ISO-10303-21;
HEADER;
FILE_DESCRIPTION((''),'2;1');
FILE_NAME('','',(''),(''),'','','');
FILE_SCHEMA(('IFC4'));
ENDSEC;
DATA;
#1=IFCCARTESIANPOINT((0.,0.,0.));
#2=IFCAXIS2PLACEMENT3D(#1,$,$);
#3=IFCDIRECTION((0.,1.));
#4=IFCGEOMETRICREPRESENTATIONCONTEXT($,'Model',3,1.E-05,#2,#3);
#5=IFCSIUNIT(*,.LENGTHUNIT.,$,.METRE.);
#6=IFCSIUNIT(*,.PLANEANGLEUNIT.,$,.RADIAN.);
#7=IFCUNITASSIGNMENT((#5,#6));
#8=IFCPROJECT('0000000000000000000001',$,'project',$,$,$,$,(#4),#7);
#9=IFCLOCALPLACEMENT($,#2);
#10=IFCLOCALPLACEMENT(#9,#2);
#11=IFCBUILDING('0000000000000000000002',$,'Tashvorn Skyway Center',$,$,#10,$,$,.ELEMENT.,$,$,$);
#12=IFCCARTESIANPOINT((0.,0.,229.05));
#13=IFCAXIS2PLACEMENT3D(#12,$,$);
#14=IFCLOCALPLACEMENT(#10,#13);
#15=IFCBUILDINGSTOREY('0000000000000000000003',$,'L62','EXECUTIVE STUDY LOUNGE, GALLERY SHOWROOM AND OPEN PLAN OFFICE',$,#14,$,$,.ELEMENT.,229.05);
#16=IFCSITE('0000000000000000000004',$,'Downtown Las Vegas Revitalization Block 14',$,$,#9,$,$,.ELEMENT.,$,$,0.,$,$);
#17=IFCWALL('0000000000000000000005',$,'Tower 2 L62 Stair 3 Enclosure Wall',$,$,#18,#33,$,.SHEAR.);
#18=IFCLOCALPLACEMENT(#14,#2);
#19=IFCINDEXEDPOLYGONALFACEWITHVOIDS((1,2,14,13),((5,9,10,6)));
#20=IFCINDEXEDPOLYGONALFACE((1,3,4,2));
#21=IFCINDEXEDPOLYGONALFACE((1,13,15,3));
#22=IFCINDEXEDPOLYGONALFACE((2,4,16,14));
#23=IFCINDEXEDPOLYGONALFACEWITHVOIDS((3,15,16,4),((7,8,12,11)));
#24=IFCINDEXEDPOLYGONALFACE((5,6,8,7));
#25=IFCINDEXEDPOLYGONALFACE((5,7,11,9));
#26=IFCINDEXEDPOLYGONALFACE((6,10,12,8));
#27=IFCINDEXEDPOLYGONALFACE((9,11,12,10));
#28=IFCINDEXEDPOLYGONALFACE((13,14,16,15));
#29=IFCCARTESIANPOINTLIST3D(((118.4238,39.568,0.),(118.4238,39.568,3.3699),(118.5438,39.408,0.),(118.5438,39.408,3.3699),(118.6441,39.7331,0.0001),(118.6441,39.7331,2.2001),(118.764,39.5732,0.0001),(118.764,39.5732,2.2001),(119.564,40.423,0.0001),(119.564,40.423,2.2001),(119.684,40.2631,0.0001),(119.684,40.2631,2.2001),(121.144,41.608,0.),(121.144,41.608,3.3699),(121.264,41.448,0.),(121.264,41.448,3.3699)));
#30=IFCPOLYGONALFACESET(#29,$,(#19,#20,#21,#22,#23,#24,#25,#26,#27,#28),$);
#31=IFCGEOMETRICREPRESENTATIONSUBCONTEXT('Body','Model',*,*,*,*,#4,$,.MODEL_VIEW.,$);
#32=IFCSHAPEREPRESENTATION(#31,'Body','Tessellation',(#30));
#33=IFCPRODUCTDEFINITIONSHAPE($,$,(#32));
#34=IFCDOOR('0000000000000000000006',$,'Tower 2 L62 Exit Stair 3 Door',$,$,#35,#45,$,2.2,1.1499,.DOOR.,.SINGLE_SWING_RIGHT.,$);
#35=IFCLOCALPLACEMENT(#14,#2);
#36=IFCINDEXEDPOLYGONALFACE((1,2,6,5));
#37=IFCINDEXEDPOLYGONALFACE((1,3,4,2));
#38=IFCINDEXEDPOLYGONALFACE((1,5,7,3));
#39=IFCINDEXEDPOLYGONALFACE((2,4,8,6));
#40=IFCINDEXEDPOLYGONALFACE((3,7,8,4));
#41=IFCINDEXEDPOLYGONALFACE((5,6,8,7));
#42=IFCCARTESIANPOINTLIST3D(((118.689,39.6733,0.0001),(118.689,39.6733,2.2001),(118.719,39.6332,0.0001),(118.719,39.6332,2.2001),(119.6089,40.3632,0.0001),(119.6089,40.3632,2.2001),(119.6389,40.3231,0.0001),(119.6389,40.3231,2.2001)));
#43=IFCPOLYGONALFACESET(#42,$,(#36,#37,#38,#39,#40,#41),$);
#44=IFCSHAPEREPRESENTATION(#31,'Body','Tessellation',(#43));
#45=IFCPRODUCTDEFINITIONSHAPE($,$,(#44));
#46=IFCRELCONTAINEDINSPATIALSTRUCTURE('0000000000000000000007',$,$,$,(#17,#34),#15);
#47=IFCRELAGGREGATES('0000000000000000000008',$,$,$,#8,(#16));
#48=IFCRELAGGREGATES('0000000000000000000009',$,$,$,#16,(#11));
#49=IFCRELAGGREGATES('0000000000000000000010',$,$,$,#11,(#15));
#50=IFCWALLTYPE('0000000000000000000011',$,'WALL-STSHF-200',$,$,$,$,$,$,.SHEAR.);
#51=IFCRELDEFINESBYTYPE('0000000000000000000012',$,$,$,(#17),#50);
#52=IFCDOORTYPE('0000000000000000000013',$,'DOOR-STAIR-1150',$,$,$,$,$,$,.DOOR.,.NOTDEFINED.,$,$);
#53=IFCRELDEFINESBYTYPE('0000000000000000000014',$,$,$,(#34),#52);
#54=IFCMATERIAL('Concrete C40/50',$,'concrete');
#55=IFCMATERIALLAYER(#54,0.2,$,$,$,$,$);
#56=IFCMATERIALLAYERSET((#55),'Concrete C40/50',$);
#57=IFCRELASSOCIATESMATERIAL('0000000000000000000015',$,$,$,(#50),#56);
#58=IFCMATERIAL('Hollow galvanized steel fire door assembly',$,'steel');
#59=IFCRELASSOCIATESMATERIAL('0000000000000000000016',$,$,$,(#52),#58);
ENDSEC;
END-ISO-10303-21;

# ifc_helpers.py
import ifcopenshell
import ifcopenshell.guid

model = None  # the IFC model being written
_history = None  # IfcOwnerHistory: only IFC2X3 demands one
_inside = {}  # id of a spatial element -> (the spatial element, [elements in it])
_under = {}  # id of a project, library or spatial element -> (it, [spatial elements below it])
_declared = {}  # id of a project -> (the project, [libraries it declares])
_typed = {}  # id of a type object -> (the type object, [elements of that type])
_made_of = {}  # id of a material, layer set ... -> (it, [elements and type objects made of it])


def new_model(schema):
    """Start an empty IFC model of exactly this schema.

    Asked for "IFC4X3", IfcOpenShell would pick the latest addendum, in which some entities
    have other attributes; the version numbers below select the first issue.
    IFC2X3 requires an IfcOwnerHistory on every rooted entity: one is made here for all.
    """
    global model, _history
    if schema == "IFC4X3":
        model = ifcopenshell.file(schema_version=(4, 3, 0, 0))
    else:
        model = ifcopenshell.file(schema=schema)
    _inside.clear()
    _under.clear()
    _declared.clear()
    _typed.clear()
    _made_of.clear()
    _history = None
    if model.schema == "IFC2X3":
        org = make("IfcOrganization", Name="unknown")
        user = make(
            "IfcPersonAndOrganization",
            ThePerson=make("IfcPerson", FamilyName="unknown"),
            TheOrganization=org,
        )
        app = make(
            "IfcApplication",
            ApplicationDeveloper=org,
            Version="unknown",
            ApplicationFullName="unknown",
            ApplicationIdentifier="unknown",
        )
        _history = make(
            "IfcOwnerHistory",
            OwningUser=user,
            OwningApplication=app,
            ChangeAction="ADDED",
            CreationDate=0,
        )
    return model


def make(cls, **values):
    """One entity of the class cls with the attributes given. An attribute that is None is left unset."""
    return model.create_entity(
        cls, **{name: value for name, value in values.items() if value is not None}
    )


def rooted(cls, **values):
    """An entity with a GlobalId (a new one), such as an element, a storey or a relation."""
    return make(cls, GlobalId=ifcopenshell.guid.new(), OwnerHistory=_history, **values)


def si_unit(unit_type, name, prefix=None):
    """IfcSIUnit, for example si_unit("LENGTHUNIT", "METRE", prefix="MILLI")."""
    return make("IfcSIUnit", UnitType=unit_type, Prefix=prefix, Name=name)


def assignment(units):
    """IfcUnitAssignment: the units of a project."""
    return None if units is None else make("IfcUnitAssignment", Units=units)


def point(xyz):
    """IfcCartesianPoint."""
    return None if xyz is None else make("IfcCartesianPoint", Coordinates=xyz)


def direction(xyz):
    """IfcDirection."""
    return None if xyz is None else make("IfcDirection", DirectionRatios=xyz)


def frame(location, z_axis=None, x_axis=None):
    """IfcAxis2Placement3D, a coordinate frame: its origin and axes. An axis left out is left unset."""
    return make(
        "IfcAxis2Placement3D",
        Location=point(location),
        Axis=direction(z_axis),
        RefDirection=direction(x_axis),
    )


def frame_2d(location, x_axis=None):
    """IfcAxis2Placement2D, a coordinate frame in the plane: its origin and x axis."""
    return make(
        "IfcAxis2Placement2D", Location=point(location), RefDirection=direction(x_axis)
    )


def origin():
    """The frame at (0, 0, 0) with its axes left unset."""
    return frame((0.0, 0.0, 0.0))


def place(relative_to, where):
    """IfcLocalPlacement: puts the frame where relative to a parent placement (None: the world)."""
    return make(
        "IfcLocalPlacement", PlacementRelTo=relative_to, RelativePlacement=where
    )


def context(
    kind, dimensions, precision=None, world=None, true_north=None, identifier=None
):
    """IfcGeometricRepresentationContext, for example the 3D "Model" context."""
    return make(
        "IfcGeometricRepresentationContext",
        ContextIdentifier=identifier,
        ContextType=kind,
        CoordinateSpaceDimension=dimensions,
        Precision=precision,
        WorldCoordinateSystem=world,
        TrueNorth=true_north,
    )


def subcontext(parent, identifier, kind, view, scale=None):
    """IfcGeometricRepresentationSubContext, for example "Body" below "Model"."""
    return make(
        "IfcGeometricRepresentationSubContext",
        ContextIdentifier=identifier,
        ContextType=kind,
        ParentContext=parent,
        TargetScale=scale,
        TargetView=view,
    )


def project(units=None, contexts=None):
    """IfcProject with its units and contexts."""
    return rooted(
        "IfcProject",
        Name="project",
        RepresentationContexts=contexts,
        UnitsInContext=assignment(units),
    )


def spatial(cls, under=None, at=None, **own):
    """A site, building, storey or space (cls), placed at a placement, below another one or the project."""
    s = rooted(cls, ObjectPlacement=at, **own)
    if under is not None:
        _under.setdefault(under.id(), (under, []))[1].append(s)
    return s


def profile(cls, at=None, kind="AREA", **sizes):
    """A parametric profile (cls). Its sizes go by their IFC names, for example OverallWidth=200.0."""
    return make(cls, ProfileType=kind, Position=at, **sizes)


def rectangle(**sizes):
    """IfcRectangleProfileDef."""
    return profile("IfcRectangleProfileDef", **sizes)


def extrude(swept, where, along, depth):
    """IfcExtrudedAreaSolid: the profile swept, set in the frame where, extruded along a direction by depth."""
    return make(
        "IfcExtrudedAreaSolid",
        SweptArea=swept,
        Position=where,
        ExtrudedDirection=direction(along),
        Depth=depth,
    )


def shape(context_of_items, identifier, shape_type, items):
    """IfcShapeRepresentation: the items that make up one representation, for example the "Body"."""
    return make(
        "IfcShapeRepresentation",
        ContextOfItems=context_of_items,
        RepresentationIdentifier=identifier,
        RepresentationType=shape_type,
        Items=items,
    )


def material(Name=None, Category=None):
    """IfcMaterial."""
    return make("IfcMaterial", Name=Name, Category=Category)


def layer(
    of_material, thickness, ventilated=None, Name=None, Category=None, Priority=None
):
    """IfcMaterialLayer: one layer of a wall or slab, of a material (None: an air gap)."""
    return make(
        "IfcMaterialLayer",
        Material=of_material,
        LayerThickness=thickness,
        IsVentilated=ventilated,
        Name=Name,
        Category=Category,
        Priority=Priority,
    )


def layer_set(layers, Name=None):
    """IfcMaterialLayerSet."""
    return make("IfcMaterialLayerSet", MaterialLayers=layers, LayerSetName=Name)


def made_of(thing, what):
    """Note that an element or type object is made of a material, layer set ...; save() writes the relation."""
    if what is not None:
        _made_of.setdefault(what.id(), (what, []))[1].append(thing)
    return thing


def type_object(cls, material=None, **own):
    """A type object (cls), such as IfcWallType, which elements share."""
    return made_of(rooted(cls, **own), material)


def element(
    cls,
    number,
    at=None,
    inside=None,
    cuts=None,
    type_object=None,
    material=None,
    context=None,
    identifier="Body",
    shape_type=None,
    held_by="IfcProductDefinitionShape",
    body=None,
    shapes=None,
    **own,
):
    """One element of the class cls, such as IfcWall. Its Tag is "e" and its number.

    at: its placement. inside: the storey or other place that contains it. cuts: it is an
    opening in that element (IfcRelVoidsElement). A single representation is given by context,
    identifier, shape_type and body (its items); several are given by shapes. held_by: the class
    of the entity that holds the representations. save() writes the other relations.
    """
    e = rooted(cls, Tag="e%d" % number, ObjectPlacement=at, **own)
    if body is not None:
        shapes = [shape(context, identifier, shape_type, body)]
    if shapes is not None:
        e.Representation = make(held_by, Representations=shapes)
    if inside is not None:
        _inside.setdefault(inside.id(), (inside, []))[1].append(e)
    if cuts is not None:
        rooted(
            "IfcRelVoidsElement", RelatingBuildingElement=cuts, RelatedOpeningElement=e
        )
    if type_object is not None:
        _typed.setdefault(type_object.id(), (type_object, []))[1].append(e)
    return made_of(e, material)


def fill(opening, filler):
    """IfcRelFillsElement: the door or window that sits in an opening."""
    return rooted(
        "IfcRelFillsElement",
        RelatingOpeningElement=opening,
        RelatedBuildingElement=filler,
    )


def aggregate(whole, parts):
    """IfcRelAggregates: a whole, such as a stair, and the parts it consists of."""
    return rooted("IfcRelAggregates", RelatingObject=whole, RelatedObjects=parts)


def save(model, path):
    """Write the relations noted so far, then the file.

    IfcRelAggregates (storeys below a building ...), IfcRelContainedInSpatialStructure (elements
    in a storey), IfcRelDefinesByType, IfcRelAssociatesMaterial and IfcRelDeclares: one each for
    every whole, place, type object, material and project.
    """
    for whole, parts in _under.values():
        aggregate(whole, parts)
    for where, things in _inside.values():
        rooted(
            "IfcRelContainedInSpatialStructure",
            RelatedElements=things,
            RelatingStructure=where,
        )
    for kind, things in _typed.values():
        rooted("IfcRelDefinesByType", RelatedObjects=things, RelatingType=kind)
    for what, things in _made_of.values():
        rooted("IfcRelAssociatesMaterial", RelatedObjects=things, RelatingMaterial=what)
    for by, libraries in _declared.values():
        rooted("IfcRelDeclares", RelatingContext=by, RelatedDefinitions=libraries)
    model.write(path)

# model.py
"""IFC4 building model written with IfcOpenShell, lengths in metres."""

from ifc_helpers import new_model, si_unit, direction, frame, frame_2d, origin, place, context, subcontext, project, spatial, rectangle, extrude, material, layer, layer_set, type_object, element, fill, save


model = new_model("IFC4")

# Units and contexts
model_context = context("Model", 3, precision=1e-05, world=origin(), true_north=direction((0.0, 1.0)))
body_context = subcontext(model_context, "Body", "Model", "MODEL_VIEW")
ifc_project = project(units=[si_unit("LENGTHUNIT", "METRE"), si_unit("PLANEANGLEUNIT", "RADIAN")], contexts=[model_context])

# Site, building, storey
site_placement = place(None, origin())
site = spatial("IfcSite", under=ifc_project, at=site_placement, Name="Downtown Las Vegas Revitalization Block 14", CompositionType="ELEMENT", RefElevation=0.0)
building_placement = place(site_placement, origin())
building = spatial("IfcBuilding", under=site, at=building_placement, Name="Tashvorn Skyway Center", CompositionType="ELEMENT")
storey_placement = place(building_placement, frame((0.0, 0.0, 229.05)))
storey = spatial("IfcBuildingStorey", under=building, at=storey_placement, Name="L62", Description="EXECUTIVE STUDY LOUNGE, GALLERY SHOWROOM AND OPEN PLAN OFFICE", CompositionType="ELEMENT", Elevation=229.05)

# Wall, opening, door
ifc_material_1 = material(Name="Concrete C40/50", Category="concrete")
ifc_layer_1 = layer(ifc_material_1, 0.2)
ifc_layer_set_1 = layer_set([ifc_layer_1], Name="Concrete C40/50")
wall_type_1 = type_object("IfcWallType", Name="WALL-STSHF-200", PredefinedType="SHEAR", material=ifc_layer_set_1)
wall_1_placement = place(storey_placement, frame((121.2041, 41.5281, 0.0), z_axis=(0.0, 0.0, 1.0), x_axis=(-0.800017, -0.599977, 0.0)))
wall_1 = element("IfcWall", 1, at=wall_1_placement, inside=storey, type_object=wall_type_1, Name="Tower 2 L62 Stair 3 Enclosure Wall", PredefinedType="SHEAR", context=body_context, shape_type="SweptSolid", body=[
    extrude(rectangle(XDim=3.4001, YDim=0.2, at=frame_2d((1.7002, 0.0))), origin(), (0.0, 0.0, 1.0), 3.3699),
])
opening_1_placement = place(wall_1_placement, frame((1.9751, 0.0, 0.0)))
opening_1 = element("IfcOpeningElement", 2, at=opening_1_placement, cuts=wall_1, PredefinedType="OPENING", context=body_context, shape_type="SweptSolid", body=[
    extrude(rectangle(XDim=1.1499, YDim=2.2, at=frame_2d((0.575, 1.1001))), frame((0.0, 0.1099, 0.0), z_axis=(0.0, -1.0, 0.0), x_axis=(1.0, 0.0, 0.0)), (0.0, 0.0, 1.0), 0.22),
])
ifc_material_2 = material(Name="Hollow galvanized steel fire door assembly", Category="steel")
door_type_1 = type_object("IfcDoorType", Name="DOOR-STAIR-1150", OperationType="NOTDEFINED", PredefinedType="DOOR", material=ifc_material_2)
door_1_placement = place(opening_1_placement, origin())
door_1 = element("IfcDoor", 3, at=door_1_placement, inside=storey, type_object=door_type_1, Name="Tower 2 L62 Exit Stair 3 Door", OperationType="SINGLE_SWING_RIGHT", OverallHeight=2.2, OverallWidth=1.1499, PredefinedType="DOOR", context=body_context, shape_type="SweptSolid", body=[
    extrude(rectangle(XDim=1.1499, YDim=2.2, at=frame_2d((0.575, 1.1001))), frame((0.0, 0.0249, 0.0), z_axis=(0.0, -1.0, 0.0), x_axis=(1.0, 0.0, 0.0)), (0.0, 0.0, 1.0), 0.05),
])
fill(opening_1, door_1)

save(model, "model.ifc")
